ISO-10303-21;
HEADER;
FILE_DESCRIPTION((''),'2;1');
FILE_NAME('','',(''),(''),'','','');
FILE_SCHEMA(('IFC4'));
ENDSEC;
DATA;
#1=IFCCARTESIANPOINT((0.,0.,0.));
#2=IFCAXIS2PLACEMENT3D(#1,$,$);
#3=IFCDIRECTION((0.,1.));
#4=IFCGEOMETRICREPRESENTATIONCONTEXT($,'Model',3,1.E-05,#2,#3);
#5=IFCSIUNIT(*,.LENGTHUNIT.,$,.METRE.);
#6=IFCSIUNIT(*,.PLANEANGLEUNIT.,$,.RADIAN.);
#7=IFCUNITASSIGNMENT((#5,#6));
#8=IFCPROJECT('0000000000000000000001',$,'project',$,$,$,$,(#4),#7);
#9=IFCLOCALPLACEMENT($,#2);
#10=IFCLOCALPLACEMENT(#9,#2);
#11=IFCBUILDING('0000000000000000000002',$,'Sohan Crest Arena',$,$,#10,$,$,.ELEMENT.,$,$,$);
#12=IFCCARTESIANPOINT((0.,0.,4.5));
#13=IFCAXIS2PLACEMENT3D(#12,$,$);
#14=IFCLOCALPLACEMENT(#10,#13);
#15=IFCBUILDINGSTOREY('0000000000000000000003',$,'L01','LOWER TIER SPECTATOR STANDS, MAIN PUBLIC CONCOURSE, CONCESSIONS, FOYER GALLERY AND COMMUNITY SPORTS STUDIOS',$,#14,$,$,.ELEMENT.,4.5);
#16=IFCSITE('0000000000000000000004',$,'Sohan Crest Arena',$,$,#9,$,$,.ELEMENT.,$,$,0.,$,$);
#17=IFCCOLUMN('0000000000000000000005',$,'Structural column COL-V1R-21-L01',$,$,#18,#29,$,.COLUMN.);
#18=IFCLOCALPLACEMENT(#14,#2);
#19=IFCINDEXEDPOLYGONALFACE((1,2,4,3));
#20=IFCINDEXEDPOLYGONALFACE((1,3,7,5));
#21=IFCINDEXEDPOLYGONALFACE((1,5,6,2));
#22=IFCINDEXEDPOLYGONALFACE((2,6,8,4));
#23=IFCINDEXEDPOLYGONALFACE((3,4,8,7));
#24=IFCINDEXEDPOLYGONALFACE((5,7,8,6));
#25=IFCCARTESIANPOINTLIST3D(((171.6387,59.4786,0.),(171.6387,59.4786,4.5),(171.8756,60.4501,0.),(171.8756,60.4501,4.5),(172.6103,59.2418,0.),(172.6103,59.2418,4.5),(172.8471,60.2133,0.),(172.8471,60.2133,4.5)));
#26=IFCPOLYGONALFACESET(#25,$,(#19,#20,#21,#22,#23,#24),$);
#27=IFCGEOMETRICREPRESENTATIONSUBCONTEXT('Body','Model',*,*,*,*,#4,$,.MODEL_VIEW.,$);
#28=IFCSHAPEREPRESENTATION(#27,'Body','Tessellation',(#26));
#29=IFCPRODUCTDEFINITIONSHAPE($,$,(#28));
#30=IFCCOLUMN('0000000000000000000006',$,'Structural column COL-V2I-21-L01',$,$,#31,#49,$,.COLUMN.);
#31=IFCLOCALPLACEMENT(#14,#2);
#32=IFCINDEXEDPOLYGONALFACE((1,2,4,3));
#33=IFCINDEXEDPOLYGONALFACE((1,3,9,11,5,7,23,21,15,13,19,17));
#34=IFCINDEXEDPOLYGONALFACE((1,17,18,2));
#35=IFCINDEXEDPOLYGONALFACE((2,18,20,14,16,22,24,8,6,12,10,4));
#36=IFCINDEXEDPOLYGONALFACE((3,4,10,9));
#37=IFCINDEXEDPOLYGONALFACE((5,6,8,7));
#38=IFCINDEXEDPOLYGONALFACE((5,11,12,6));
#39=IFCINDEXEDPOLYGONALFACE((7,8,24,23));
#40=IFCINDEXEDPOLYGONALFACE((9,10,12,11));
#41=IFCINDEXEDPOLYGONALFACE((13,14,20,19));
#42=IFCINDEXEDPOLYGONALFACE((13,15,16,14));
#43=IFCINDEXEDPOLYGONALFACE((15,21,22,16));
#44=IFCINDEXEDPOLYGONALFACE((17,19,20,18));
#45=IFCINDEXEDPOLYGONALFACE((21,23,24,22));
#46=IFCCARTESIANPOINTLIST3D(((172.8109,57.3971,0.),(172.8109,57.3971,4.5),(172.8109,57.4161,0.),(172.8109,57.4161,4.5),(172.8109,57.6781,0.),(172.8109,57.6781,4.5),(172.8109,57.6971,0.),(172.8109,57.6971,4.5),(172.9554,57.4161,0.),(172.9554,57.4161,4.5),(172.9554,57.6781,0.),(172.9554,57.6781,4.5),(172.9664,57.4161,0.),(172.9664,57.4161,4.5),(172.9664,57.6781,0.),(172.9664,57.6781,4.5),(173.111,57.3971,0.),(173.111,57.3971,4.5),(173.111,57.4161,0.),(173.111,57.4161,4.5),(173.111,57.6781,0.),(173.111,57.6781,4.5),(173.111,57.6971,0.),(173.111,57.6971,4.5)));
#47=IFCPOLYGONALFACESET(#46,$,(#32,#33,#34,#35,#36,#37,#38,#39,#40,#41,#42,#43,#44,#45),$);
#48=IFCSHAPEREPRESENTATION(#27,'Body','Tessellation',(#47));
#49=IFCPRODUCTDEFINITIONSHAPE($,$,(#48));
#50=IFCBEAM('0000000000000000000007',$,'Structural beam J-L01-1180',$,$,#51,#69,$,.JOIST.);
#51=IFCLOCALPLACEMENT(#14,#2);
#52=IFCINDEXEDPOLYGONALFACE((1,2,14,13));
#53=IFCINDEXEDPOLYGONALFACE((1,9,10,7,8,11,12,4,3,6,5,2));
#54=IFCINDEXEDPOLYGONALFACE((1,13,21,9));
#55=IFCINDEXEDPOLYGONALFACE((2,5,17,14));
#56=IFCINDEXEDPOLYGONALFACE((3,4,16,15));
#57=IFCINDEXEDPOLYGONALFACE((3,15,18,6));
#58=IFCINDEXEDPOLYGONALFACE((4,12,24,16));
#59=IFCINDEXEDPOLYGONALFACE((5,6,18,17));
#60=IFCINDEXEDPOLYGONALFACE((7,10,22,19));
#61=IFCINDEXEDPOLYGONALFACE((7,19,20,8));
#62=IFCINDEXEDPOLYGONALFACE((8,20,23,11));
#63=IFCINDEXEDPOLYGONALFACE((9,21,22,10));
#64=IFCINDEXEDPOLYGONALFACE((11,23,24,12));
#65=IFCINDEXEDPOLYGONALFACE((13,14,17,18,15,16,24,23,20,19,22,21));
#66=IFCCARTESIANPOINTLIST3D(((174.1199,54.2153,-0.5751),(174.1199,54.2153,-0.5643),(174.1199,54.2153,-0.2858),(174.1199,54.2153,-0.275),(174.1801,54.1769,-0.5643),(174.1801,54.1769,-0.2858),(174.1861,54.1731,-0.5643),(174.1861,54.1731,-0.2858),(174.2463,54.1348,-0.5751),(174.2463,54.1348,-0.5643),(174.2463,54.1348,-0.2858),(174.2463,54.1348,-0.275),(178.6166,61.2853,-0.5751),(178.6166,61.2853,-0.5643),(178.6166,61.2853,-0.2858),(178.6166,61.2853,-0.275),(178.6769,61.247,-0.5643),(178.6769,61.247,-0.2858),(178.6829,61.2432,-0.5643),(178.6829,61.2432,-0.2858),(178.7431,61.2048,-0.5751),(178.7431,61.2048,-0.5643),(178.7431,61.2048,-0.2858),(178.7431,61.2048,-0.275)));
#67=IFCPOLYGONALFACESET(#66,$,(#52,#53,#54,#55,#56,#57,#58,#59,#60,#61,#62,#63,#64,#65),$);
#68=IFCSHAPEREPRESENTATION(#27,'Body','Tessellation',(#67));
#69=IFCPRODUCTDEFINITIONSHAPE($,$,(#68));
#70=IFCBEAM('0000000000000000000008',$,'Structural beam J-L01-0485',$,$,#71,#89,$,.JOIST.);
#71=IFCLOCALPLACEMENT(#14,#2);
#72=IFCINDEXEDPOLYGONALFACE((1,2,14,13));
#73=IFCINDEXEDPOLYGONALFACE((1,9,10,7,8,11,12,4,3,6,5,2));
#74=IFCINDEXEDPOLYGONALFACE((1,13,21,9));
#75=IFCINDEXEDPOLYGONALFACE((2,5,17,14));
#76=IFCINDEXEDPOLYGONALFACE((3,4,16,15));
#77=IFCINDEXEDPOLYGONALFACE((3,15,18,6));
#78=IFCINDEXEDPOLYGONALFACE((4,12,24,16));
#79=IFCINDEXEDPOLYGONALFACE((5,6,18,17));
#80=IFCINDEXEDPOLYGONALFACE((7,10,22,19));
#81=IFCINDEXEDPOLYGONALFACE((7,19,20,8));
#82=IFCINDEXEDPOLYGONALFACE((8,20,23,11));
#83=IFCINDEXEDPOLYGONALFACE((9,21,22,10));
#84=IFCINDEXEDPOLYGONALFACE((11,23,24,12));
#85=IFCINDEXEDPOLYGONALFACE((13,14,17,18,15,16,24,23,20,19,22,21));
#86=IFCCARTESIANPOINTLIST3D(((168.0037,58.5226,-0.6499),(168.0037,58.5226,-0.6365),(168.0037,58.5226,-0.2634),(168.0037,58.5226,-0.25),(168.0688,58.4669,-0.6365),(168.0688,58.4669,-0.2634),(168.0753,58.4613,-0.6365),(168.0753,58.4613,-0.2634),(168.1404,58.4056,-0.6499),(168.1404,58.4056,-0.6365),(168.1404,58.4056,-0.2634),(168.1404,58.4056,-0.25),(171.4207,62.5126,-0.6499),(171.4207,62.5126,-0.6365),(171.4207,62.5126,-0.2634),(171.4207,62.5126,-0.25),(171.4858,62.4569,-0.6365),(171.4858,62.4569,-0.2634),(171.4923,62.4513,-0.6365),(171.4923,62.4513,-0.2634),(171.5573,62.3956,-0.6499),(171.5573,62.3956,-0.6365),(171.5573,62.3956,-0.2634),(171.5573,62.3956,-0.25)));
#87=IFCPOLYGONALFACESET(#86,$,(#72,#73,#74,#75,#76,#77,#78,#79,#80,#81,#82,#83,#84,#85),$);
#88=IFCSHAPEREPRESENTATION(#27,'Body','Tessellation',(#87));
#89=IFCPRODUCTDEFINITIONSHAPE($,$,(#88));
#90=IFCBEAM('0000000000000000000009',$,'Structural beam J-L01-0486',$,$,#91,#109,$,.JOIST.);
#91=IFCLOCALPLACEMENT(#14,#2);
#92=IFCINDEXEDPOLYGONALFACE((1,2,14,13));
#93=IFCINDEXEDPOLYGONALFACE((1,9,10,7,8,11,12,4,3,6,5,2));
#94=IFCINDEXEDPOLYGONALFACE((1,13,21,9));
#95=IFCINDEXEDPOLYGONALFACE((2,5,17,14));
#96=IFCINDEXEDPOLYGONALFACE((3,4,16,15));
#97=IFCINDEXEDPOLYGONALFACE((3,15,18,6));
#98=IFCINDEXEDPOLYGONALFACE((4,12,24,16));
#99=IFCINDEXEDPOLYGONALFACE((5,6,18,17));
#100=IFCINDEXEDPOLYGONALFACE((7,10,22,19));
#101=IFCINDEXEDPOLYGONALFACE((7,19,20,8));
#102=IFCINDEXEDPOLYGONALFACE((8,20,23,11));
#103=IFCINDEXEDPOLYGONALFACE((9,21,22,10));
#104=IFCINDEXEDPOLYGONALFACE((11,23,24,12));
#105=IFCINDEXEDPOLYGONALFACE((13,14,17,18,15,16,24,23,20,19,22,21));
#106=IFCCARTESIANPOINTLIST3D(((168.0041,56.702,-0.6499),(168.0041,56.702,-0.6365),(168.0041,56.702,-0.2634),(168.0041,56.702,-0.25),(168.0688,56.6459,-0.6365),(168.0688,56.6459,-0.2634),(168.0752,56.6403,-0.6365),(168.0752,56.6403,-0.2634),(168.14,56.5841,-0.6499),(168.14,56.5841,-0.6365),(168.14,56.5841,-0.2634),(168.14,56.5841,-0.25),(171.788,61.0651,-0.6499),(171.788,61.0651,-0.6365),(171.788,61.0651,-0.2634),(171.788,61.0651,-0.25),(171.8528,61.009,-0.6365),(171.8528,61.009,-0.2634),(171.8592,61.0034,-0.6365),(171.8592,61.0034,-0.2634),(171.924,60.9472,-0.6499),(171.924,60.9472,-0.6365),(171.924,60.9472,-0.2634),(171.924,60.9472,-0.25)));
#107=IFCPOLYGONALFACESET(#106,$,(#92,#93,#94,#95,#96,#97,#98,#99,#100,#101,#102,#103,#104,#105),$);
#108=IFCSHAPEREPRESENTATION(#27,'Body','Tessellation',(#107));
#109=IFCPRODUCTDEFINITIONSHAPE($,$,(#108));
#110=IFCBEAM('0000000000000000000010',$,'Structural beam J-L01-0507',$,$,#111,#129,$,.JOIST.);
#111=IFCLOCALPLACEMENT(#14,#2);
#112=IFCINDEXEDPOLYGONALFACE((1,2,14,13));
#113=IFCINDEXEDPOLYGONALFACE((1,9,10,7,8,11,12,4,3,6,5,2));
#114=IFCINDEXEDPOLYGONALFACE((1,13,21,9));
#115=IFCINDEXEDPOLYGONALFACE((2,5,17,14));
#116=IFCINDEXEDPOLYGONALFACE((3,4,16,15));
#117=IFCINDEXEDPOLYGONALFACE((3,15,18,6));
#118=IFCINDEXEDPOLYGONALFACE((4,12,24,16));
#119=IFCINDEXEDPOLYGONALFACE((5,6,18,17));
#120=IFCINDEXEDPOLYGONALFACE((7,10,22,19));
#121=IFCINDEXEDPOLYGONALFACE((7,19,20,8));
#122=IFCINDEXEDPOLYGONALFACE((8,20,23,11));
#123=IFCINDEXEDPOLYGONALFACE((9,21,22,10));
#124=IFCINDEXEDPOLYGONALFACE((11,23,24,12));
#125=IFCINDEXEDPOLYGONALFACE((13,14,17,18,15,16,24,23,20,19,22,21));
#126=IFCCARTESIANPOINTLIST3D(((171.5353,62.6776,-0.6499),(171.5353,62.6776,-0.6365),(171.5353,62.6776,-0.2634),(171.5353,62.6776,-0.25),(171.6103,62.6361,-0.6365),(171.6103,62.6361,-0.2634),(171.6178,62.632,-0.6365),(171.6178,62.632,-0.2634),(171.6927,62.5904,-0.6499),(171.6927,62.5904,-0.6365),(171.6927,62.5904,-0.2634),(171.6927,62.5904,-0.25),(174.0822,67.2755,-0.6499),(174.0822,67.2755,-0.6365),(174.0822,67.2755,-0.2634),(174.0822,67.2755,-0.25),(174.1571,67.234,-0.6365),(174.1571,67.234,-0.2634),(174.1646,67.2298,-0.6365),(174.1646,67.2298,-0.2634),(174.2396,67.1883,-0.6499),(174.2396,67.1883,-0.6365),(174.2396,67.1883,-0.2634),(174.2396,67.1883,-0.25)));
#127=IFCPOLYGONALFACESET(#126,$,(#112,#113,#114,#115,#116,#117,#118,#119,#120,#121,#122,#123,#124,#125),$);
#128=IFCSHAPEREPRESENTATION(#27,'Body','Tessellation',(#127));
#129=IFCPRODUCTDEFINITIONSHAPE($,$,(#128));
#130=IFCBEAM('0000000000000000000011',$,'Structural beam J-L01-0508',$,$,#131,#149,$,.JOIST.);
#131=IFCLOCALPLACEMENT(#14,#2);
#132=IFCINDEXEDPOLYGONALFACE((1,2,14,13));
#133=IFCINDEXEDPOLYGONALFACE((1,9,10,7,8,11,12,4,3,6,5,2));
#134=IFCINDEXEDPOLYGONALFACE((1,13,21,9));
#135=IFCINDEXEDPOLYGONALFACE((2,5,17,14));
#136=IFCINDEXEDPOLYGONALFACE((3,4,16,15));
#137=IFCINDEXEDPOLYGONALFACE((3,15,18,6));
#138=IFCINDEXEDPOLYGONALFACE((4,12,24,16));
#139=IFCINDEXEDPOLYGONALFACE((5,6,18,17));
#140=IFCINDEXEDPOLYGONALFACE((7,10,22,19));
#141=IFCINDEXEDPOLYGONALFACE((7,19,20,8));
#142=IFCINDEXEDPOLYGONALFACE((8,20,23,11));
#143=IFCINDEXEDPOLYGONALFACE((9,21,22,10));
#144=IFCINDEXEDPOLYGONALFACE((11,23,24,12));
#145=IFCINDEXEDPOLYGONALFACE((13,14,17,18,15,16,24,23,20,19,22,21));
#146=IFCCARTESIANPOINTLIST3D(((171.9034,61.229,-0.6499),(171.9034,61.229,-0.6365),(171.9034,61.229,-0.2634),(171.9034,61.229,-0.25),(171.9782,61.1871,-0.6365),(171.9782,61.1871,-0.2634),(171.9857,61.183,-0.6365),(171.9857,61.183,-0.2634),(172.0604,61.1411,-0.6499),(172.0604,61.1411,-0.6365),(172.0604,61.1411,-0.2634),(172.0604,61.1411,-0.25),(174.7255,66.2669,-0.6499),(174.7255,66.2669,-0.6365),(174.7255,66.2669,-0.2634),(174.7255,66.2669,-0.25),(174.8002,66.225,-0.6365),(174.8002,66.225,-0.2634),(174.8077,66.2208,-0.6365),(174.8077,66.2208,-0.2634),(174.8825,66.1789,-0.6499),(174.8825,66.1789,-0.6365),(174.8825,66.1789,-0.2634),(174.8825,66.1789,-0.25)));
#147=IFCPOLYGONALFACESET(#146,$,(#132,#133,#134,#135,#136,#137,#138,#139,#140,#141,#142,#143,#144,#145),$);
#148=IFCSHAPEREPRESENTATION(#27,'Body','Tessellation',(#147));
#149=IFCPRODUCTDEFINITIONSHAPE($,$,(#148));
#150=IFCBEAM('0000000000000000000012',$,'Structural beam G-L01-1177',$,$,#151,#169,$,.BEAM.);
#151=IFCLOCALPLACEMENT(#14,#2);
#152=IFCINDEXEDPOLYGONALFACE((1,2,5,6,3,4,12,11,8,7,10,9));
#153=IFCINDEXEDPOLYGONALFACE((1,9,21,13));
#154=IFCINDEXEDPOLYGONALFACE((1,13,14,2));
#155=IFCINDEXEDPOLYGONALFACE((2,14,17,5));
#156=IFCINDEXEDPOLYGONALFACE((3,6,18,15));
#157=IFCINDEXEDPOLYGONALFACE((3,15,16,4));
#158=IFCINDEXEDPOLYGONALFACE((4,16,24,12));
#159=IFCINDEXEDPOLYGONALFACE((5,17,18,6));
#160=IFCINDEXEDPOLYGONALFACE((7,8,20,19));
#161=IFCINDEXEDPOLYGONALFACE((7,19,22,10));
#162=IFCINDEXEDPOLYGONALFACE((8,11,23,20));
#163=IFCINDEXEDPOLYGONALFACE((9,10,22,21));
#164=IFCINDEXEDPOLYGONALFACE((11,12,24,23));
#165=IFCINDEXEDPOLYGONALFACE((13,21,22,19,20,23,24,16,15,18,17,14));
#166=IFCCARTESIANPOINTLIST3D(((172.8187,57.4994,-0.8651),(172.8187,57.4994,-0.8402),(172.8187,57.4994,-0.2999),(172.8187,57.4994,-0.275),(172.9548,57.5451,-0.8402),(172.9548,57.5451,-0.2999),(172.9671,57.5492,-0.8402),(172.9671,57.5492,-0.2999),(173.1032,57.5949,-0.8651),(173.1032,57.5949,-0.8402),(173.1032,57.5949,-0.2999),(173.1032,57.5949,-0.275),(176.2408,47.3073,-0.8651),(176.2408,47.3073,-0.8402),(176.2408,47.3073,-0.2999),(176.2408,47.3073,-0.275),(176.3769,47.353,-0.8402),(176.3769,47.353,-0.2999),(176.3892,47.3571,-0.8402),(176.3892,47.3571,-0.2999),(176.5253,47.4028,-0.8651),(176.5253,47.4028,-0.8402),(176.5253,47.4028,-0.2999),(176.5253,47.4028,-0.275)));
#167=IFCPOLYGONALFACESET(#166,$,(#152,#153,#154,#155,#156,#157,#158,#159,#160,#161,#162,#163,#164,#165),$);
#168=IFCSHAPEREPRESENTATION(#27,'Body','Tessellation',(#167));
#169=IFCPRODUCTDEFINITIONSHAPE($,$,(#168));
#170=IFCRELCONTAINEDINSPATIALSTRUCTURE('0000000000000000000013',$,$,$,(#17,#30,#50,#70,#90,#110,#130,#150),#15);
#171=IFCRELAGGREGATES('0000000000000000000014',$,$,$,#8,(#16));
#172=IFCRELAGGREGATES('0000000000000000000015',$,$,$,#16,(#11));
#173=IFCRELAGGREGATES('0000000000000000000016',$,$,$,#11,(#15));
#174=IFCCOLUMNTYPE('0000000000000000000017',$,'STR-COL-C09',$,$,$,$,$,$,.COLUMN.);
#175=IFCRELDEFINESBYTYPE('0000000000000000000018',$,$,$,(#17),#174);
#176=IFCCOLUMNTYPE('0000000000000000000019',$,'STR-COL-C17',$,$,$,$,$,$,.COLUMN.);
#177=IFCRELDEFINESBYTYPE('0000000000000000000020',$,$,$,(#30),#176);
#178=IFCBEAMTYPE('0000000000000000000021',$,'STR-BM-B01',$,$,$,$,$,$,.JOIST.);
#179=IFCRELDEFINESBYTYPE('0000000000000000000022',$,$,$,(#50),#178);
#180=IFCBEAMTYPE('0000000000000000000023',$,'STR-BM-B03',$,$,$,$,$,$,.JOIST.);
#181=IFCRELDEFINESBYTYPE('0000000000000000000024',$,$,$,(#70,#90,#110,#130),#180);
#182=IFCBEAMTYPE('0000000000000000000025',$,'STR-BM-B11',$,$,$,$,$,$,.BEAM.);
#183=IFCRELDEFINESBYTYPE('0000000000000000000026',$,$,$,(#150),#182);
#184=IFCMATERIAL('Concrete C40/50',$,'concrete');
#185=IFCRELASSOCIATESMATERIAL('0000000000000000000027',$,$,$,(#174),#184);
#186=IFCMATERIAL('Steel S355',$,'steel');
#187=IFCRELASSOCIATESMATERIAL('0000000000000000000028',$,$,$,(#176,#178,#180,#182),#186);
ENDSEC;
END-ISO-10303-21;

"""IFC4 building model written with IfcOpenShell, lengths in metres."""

from ifc_helpers import new_model, si_unit, direction, frame, origin, origin_2d, place, context, subcontext, project, spatial, rectangle, i_section, extrude, material, material_profile, profile_set, type_object, element, save


model = new_model("IFC4")

# Units and contexts
model_context = context("Model", 3, precision=1e-05, world=origin(), true_north=direction((0.0, 1.0)))
body_context = subcontext(model_context, "Body", "Model", "MODEL_VIEW")
ifc_project = project(units=[si_unit("LENGTHUNIT", "METRE"), si_unit("PLANEANGLEUNIT", "RADIAN")], contexts=[model_context])

# Site, building, storey
site_placement = place(None, origin())
site = spatial("IfcSite", under=ifc_project, at=site_placement, Name="Sohan Crest Arena", CompositionType="ELEMENT", RefElevation=0.0)
building_placement = place(site_placement, origin())
building = spatial("IfcBuilding", under=site, at=building_placement, Name="Sohan Crest Arena", CompositionType="ELEMENT")
storey_placement = place(building_placement, frame((0.0, 0.0, 4.5)))
storey = spatial("IfcBuildingStorey", under=building, at=storey_placement, Name="L01", Description="LOWER TIER SPECTATOR STANDS, MAIN PUBLIC CONCOURSE, CONCESSIONS, FOYER GALLERY AND COMMUNITY SPORTS STUDIOS", CompositionType="ELEMENT", Elevation=4.5)

# Columns
ifc_material_1 = material(Name="Concrete C40/50", Category="concrete")
ifc_material_profile_1 = material_profile(ifc_material_1, rectangle(XDim=1.0, YDim=1.0, at=origin_2d()), Name="RC 1000x1000")
ifc_profile_set_1 = profile_set([ifc_material_profile_1], Name="Concrete C40/50")
column_type_1 = type_object("IfcColumnType", Name="STR-COL-C09", PredefinedType="COLUMN", material=ifc_profile_set_1)
column_1_placement = place(storey_placement, frame((172.2429, 59.8459, 0.0), z_axis=(0.0, 0.0, 1.0), x_axis=(-0.971549, 0.236838, 0.0)))
element("IfcColumn", 1, at=column_1_placement, inside=storey, type_object=column_type_1, Name="Structural column COL-V1R-21-L01", PredefinedType="COLUMN", context=body_context, shape_type="SweptSolid", body=[
    extrude(rectangle(XDim=1.0, YDim=1.0, at=origin_2d()), origin(), (0.0, 0.0, 1.0), 4.5),
])
ifc_material_2 = material(Name="Steel S355", Category="steel")
ifc_material_profile_2 = material_profile(ifc_material_2, i_section(OverallWidth=0.3, OverallDepth=0.3, WebThickness=0.011, FlangeThickness=0.019, at=origin_2d()), Name="HEB 300")
ifc_profile_set_2 = profile_set([ifc_material_profile_2], Name="Steel S355")
column_type_2 = type_object("IfcColumnType", Name="STR-COL-C17", PredefinedType="COLUMN", material=ifc_profile_set_2)
column_2_placement = place(storey_placement, frame((172.9609, 57.5471, 0.0), z_axis=(0.0, 0.0, 1.0), x_axis=(1.0, 0.0, 0.0)))
element("IfcColumn", 2, at=column_2_placement, inside=storey, type_object=column_type_2, Name="Structural column COL-V2I-21-L01", PredefinedType="COLUMN", context=body_context, shape_type="SweptSolid", body=[
    extrude(i_section(OverallWidth=0.3, OverallDepth=0.3, WebThickness=0.011, FlangeThickness=0.019, at=origin_2d()), origin(), (0.0, 0.0, 1.0), 4.5),
])

# Beams
ifc_material_profile_3 = material_profile(ifc_material_2, i_section(OverallWidth=0.1499, OverallDepth=0.3, WebThickness=0.0071, FlangeThickness=0.0107, at=origin_2d()), Name="IPE 300")
ifc_profile_set_3 = profile_set([ifc_material_profile_3], Name="Steel S355")
beam_type_1 = type_object("IfcBeamType", Name="STR-BM-B01", PredefinedType="JOIST", material=ifc_profile_set_3)
beam_1_placement = place(storey_placement, frame((174.1831, 54.175, -0.425), z_axis=(0.536679, 0.843786, 0.0), x_axis=(-0.843786, 0.536679, 0.0)))
element("IfcBeam", 3, at=beam_1_placement, inside=storey, type_object=beam_type_1, Name="Structural beam J-L01-1180", PredefinedType="JOIST", context=body_context, shape_type="SweptSolid", body=[
    extrude(i_section(OverallWidth=0.1499, OverallDepth=0.3, WebThickness=0.0071, FlangeThickness=0.0107, at=origin_2d()), origin(), (0.0, 0.0, 1.0), 8.3789),
])
ifc_material_profile_4 = material_profile(ifc_material_2, i_section(OverallWidth=0.1799, OverallDepth=0.3999, WebThickness=0.0085, FlangeThickness=0.0134, at=origin_2d()), Name="IPE 400")
ifc_profile_set_4 = profile_set([ifc_material_profile_4], Name="Steel S355")
beam_type_2 = type_object("IfcBeamType", Name="STR-BM-B03", PredefinedType="JOIST", material=ifc_profile_set_4)
beam_2_placement = place(storey_placement, frame((168.072, 58.4641, -0.45), z_axis=(0.650462, 0.759539, 0.0), x_axis=(-0.759539, 0.650462, 0.0)))
element("IfcBeam", 4, at=beam_2_placement, inside=storey, type_object=beam_type_2, Name="Structural beam J-L01-0485", PredefinedType="JOIST", context=body_context, shape_type="SweptSolid", body=[
    extrude(i_section(OverallWidth=0.1799, OverallDepth=0.3999, WebThickness=0.0085, FlangeThickness=0.0134, at=origin_2d()), origin(), (0.0, 0.0, 1.0), 5.2532),
])
beam_3_placement = place(storey_placement, frame((168.072, 56.6431, -0.45), z_axis=(0.655191, 0.755463, 0.0), x_axis=(-0.755463, 0.655191, 0.0)))
element("IfcBeam", 5, at=beam_3_placement, inside=storey, type_object=beam_type_2, Name="Structural beam J-L01-0486", PredefinedType="JOIST", context=body_context, shape_type="SweptSolid", body=[
    extrude(i_section(OverallWidth=0.1799, OverallDepth=0.3999, WebThickness=0.0085, FlangeThickness=0.0134, at=origin_2d()), origin(), (0.0, 0.0, 1.0), 5.7754),
])
beam_4_placement = place(storey_placement, frame((171.614, 62.634, -0.45), z_axis=(0.48455, 0.874763, 0.0), x_axis=(-0.874763, 0.48455, 0.0)))
element("IfcBeam", 6, at=beam_4_placement, inside=storey, type_object=beam_type_2, Name="Structural beam J-L01-0507", PredefinedType="JOIST", context=body_context, shape_type="SweptSolid", body=[
    extrude(i_section(OverallWidth=0.1799, OverallDepth=0.3999, WebThickness=0.0085, FlangeThickness=0.0134, at=origin_2d()), origin(), (0.0, 0.0, 1.0), 5.2561),
])
beam_5_placement = place(storey_placement, frame((171.9819, 61.1851, -0.45), z_axis=(0.488713, 0.872445, 0.0), x_axis=(-0.872445, 0.488713, 0.0)))
element("IfcBeam", 7, at=beam_5_placement, inside=storey, type_object=beam_type_2, Name="Structural beam J-L01-0508", PredefinedType="JOIST", context=body_context, shape_type="SweptSolid", body=[
    extrude(i_section(OverallWidth=0.1799, OverallDepth=0.3999, WebThickness=0.0085, FlangeThickness=0.0134, at=origin_2d()), origin(), (0.0, 0.0, 1.0), 5.7744),
])
ifc_material_profile_5 = material_profile(ifc_material_2, i_section(OverallWidth=0.3, OverallDepth=0.5901, WebThickness=0.0129, FlangeThickness=0.0249, at=origin_2d()), Name="HEA 600")
ifc_profile_set_5 = profile_set([ifc_material_profile_5], Name="Steel S355")
beam_type_3 = type_object("IfcBeamType", Name="STR-BM-B11", PredefinedType="BEAM", material=ifc_profile_set_5)
beam_6_placement = place(storey_placement, frame((172.9609, 57.5471, -0.5701), z_axis=(0.318298, -0.947991, 0.0), x_axis=(0.947991, 0.318298, 0.0)))
element("IfcBeam", 8, at=beam_6_placement, inside=storey, type_object=beam_type_3, Name="Structural beam G-L01-1177", PredefinedType="BEAM", context=body_context, shape_type="SweptSolid", body=[
    extrude(i_section(OverallWidth=0.3, OverallDepth=0.5901, WebThickness=0.0129, FlangeThickness=0.0249, at=origin_2d()), origin(), (0.0, 0.0, 1.0), 10.7512),
])

save(model, "model.ifc")
